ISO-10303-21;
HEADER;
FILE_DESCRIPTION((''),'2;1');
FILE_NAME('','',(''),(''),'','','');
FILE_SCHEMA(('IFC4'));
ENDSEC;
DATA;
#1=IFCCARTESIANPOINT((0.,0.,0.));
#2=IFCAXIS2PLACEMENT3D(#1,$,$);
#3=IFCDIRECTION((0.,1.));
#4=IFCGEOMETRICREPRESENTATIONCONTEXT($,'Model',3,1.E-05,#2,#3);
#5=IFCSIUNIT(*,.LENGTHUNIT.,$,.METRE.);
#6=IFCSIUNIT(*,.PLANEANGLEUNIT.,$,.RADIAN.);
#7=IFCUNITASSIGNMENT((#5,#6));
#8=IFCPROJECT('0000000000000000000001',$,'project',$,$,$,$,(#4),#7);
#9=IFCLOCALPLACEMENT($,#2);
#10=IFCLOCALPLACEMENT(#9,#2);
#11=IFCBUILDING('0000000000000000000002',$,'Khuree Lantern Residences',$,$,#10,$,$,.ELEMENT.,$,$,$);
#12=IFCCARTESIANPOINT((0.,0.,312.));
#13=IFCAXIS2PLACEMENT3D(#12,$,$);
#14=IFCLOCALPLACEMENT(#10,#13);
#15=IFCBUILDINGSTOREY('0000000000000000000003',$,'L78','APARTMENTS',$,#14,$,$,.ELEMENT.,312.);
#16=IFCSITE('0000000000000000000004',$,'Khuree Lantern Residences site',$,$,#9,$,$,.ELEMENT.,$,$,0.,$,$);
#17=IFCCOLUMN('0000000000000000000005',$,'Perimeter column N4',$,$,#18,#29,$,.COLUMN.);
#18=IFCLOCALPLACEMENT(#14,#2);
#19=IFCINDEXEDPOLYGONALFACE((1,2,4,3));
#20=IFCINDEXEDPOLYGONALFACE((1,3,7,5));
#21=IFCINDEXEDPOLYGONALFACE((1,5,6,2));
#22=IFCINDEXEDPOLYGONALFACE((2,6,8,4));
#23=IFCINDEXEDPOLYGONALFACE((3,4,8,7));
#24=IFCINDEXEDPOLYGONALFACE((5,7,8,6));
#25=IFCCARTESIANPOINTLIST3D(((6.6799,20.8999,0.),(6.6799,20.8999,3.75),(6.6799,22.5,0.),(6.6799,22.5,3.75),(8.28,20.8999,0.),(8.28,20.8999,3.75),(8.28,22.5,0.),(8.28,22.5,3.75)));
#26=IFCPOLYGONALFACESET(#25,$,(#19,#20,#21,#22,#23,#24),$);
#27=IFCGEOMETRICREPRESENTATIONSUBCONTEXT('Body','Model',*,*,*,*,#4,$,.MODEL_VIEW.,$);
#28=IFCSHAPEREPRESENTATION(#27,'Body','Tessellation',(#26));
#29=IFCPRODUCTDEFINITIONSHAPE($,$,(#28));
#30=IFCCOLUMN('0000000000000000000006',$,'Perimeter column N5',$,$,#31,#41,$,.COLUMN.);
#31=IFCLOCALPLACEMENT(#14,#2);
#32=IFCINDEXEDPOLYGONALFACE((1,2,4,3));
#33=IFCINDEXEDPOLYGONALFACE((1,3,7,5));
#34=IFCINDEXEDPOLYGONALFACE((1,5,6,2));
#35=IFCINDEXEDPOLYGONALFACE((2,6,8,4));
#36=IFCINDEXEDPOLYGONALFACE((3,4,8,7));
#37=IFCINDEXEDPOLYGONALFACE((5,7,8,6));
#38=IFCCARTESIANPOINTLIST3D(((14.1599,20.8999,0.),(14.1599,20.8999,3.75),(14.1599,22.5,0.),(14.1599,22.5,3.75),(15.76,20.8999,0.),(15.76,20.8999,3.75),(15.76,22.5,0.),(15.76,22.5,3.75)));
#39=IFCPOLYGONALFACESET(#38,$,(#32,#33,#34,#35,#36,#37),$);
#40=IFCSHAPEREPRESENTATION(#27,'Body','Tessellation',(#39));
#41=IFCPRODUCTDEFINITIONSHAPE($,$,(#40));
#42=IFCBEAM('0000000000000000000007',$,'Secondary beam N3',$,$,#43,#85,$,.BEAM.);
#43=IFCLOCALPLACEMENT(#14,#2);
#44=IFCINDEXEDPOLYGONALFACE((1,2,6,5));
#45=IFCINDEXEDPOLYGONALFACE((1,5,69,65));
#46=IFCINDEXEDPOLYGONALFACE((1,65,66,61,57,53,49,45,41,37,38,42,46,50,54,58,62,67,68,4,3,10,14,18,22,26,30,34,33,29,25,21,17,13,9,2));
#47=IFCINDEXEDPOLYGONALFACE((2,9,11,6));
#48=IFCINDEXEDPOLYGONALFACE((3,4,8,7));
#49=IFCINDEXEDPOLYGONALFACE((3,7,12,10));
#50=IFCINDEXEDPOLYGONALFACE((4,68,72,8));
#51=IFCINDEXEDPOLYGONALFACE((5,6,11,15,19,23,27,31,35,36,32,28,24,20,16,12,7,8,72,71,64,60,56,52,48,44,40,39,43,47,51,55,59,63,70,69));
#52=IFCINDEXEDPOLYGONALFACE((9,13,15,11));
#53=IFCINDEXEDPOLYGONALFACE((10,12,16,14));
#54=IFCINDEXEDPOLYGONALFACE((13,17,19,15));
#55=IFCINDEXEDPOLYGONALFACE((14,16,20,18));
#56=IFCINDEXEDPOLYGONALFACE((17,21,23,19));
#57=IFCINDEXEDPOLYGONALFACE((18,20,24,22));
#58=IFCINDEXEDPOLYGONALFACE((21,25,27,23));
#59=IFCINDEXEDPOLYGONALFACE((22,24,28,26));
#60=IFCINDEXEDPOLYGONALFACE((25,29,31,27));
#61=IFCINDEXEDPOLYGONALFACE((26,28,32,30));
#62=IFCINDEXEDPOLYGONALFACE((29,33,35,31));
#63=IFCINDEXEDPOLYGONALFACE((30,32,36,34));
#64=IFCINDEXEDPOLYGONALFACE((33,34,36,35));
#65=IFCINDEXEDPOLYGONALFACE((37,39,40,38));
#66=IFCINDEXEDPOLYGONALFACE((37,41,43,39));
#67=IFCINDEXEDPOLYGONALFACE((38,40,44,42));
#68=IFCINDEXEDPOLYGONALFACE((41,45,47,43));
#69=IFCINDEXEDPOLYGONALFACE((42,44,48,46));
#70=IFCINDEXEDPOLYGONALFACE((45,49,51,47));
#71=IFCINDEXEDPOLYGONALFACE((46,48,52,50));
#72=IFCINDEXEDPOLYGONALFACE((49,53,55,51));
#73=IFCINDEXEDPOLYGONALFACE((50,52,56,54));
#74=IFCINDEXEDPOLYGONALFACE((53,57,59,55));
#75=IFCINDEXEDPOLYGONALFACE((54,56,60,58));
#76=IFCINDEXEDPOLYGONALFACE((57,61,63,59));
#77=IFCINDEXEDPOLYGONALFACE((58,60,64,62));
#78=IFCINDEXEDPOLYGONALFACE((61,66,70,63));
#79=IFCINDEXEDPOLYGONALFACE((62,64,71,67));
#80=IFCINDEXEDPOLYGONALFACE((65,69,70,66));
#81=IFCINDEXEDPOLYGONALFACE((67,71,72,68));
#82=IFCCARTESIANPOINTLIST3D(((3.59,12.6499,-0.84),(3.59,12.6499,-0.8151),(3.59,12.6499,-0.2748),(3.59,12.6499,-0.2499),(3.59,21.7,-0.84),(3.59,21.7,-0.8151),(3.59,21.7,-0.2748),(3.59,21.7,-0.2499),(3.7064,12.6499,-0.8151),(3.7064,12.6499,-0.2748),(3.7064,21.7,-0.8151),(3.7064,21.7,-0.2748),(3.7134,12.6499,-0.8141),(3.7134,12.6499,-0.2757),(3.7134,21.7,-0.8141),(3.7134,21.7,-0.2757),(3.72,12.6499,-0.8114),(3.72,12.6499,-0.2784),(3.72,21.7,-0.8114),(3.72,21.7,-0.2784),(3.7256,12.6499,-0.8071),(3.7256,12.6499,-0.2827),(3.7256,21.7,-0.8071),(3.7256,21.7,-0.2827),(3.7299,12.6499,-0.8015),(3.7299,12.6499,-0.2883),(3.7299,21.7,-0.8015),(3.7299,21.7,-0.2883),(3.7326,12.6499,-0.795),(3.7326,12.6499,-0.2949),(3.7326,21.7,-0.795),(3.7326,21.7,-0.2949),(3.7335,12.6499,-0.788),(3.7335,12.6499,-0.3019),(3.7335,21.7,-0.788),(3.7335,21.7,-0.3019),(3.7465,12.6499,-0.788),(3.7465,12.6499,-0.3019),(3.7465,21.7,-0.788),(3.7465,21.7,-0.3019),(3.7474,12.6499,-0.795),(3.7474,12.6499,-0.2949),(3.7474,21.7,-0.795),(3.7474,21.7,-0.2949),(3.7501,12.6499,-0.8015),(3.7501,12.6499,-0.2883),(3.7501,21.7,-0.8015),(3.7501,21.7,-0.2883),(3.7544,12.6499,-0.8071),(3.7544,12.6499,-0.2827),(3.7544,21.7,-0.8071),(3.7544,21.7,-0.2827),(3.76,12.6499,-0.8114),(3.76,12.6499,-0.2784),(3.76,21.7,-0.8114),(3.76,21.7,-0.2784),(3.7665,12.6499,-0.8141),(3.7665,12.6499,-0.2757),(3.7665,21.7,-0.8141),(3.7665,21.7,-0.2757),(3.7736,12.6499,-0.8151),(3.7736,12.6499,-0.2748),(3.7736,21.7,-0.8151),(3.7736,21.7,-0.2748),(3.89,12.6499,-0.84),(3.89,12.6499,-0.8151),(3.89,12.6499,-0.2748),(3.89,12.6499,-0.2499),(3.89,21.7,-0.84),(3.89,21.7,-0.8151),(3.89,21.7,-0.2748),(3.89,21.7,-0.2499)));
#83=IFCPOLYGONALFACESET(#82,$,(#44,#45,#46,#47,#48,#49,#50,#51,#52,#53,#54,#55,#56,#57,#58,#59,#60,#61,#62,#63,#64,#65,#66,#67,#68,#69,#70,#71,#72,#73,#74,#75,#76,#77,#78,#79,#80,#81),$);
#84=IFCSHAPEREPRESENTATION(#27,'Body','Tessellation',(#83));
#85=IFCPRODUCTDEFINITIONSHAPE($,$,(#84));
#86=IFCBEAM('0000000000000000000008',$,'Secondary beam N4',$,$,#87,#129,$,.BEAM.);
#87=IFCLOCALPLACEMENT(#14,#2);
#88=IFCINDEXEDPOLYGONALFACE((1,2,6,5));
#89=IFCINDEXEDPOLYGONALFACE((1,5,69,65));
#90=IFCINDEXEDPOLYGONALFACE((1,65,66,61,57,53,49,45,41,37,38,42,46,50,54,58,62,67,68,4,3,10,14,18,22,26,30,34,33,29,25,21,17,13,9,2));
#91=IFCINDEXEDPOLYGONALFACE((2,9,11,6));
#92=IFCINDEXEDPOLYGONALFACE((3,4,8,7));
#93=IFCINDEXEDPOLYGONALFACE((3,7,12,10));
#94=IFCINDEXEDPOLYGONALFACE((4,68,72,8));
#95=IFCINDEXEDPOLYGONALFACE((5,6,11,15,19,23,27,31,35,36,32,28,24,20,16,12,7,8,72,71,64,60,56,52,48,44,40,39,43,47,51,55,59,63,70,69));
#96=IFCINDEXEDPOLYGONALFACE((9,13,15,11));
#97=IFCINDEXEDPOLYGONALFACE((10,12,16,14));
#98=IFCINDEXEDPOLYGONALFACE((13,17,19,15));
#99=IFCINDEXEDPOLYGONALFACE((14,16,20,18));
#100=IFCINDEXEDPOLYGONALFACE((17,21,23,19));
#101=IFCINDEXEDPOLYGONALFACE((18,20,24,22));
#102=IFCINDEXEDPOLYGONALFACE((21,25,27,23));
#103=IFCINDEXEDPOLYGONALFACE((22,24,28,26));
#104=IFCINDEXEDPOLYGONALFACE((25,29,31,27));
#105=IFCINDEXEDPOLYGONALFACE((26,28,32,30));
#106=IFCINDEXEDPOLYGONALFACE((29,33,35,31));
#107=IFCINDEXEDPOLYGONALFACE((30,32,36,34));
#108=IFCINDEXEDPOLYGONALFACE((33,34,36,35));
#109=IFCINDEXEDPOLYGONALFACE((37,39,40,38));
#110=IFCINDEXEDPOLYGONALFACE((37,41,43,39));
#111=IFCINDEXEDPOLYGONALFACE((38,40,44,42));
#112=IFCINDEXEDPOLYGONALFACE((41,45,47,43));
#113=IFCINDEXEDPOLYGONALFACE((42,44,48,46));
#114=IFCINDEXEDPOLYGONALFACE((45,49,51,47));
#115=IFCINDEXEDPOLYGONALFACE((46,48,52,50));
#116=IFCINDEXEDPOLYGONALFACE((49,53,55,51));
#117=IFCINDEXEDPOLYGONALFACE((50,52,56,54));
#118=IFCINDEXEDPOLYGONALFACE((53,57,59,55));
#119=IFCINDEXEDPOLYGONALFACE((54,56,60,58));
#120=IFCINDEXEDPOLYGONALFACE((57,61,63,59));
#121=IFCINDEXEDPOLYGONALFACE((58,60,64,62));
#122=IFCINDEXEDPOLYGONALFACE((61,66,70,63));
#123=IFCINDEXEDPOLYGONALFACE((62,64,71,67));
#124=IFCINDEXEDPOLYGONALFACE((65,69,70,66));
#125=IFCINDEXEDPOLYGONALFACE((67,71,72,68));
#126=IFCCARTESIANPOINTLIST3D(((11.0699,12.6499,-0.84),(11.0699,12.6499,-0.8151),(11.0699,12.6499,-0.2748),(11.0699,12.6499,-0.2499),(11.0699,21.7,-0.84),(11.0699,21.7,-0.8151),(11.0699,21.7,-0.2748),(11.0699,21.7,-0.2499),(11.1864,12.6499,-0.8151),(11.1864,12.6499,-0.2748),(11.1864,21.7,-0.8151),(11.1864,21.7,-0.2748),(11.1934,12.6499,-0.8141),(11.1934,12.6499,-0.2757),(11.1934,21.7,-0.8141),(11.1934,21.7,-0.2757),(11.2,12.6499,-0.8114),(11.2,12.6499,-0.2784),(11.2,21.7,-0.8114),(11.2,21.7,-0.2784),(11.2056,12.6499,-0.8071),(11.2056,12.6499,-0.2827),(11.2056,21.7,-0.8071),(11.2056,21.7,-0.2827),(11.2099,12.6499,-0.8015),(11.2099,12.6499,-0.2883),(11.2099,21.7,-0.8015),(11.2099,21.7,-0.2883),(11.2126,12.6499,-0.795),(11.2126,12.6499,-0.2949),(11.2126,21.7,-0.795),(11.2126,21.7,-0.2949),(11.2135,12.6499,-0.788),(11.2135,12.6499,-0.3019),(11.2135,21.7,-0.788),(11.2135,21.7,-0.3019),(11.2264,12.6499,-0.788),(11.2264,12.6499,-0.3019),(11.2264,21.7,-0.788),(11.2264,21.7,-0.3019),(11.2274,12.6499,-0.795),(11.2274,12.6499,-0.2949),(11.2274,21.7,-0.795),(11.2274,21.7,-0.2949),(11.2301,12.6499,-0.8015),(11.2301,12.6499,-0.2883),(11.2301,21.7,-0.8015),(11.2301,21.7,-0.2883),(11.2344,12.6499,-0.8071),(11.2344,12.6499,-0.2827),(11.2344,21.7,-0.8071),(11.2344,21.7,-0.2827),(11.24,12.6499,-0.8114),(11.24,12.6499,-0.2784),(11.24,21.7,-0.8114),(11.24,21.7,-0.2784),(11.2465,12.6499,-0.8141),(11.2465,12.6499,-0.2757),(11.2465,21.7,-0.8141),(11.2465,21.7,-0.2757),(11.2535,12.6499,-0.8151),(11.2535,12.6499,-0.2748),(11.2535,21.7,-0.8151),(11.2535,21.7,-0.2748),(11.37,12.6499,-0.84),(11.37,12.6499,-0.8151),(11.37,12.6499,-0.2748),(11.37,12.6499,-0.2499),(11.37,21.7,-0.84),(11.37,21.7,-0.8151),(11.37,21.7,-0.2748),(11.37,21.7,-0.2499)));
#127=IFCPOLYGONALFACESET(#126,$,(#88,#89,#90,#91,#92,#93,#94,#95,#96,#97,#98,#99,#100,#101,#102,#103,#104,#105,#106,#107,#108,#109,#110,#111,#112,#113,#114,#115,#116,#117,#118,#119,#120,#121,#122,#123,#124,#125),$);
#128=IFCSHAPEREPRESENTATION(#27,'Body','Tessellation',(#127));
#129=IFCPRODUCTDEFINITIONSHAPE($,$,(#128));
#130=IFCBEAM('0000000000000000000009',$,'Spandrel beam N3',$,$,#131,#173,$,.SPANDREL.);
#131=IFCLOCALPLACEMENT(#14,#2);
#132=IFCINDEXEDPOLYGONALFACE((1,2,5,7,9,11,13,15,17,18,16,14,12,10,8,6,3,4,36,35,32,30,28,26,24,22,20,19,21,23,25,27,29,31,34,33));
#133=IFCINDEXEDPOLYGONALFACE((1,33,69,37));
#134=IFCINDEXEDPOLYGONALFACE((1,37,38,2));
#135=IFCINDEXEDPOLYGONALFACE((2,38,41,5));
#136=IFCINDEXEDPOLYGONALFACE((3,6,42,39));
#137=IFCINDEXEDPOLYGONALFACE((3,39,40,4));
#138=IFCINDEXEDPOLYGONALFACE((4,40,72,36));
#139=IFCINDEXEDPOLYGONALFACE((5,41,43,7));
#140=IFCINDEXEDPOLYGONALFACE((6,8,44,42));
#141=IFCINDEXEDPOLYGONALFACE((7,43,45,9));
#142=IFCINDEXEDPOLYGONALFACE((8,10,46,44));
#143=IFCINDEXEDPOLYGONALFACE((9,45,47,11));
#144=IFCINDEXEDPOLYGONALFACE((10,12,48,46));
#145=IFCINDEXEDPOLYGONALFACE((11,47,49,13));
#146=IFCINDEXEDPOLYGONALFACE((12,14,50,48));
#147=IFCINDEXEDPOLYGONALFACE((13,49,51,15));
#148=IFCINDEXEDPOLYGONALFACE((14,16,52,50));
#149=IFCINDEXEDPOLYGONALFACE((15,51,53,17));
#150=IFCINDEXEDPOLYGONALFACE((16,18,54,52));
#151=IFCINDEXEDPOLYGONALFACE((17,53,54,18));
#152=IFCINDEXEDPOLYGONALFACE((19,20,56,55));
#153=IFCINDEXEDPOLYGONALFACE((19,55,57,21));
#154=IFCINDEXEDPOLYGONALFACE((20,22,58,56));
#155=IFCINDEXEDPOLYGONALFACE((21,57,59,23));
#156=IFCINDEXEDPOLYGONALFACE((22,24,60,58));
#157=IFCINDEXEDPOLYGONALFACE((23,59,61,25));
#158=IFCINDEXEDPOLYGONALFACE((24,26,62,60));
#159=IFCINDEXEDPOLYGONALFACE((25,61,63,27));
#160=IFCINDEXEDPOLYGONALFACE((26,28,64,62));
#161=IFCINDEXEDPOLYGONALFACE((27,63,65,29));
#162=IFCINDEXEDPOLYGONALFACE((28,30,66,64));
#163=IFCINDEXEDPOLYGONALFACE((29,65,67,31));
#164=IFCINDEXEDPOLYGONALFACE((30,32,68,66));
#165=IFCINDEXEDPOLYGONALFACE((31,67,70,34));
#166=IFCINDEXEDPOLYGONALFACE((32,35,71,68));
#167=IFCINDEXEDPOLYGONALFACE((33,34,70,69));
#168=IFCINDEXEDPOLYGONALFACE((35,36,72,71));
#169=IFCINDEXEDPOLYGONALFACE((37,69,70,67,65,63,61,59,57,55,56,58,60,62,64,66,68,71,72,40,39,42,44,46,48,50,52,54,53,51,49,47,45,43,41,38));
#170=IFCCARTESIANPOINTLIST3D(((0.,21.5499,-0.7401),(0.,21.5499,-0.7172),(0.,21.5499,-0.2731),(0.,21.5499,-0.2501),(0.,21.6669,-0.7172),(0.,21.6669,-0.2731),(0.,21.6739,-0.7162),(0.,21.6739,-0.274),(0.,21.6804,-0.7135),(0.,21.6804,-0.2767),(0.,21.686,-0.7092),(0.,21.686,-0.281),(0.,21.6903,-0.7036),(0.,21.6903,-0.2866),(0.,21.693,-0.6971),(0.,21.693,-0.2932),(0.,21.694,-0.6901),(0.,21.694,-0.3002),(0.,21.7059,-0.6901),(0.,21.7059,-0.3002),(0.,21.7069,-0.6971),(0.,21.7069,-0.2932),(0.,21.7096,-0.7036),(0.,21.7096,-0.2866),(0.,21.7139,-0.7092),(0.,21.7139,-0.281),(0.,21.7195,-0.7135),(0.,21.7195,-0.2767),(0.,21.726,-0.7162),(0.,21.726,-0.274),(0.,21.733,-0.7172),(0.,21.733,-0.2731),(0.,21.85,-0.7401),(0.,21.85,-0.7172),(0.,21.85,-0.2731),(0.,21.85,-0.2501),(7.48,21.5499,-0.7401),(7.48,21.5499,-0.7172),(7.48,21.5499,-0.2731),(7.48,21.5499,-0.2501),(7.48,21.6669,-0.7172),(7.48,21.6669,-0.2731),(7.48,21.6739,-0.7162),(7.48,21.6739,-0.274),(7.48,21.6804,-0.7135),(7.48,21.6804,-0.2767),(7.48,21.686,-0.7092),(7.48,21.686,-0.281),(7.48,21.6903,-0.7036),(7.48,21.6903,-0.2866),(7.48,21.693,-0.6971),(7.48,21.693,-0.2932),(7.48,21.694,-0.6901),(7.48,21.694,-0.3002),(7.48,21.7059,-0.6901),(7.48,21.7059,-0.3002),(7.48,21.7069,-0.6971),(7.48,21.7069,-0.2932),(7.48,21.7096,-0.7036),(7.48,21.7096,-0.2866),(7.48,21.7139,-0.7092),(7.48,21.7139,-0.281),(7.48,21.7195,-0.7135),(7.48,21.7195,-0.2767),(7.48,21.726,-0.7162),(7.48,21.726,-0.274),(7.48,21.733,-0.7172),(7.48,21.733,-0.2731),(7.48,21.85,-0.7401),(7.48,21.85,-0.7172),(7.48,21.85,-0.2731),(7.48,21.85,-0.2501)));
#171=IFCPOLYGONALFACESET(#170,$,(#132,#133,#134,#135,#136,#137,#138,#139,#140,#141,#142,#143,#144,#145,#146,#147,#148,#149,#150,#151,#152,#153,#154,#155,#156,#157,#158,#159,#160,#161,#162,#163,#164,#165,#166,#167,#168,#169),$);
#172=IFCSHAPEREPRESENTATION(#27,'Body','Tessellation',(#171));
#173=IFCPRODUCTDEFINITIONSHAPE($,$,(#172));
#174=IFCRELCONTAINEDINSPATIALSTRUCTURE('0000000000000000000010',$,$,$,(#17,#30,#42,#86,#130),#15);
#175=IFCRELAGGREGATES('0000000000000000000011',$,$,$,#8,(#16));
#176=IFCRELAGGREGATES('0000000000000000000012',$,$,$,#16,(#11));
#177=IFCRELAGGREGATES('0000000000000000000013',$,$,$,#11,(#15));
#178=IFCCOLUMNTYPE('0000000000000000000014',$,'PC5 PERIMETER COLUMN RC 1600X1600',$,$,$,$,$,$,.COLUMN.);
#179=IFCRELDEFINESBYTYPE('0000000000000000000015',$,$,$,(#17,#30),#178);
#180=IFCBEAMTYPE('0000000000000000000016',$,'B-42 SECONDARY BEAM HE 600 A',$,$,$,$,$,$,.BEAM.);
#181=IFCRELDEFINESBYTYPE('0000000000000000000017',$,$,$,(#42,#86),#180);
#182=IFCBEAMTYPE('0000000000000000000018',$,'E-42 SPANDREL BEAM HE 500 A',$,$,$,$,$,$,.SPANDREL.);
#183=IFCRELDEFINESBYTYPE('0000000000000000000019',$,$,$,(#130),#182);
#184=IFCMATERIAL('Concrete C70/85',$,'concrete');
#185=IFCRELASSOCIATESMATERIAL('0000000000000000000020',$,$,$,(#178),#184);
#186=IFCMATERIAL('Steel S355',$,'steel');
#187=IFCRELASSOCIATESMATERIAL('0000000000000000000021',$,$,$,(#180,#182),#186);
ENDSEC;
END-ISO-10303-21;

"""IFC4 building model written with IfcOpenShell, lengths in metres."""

from ifc_helpers import new_model, si_unit, direction, frame, origin, origin_2d, place, context, subcontext, project, spatial, rectangle, i_section, extrude, material, material_profile, profile_set, type_object, element, save


model = new_model("IFC4")

# Units and contexts
model_context = context("Model", 3, precision=1e-05, world=origin(), true_north=direction((0.0, 1.0)))
body_context = subcontext(model_context, "Body", "Model", "MODEL_VIEW")
ifc_project = project(units=[si_unit("LENGTHUNIT", "METRE"), si_unit("PLANEANGLEUNIT", "RADIAN")], contexts=[model_context])

# Site, building, storey
site_placement = place(None, origin())
site = spatial("IfcSite", under=ifc_project, at=site_placement, Name="Khuree Lantern Residences site", CompositionType="ELEMENT", RefElevation=0.0)
building_placement = place(site_placement, origin())
building = spatial("IfcBuilding", under=site, at=building_placement, Name="Khuree Lantern Residences", CompositionType="ELEMENT")
storey_placement = place(building_placement, frame((0.0, 0.0, 312.0)))
storey = spatial("IfcBuildingStorey", under=building, at=storey_placement, Name="L78", Description="APARTMENTS", CompositionType="ELEMENT", Elevation=312.0)

# Columns
ifc_material_1 = material(Name="Concrete C70/85", Category="concrete")
ifc_material_profile_1 = material_profile(ifc_material_1, rectangle(XDim=1.6001, YDim=1.6001, at=origin_2d()), Name="RC 1600X1600")
ifc_profile_set_1 = profile_set([ifc_material_profile_1], Name="Concrete C70/85")
column_type = type_object("IfcColumnType", Name="PC5 PERIMETER COLUMN RC 1600X1600", PredefinedType="COLUMN", material=ifc_profile_set_1)
for number, where, z_axis, x_axis, name in (
    (1, (7.48, 21.7, 0.0), (0.0, 0.0, 1.0), (1.0, 0.0, 0.0), "Perimeter column N4"),
    (2, (14.96, 21.7, 0.0), (0.0, 0.0, 1.0), (1.0, 0.0, 0.0), "Perimeter column N5"),
):
    element("IfcColumn", number, at=place(storey_placement, frame(where, z_axis=z_axis, x_axis=x_axis)), inside=storey, type_object=column_type, Name=name, PredefinedType="COLUMN", context=body_context, shape_type="SweptSolid", body=[
        extrude(rectangle(XDim=1.6001, YDim=1.6001, at=origin_2d()), origin(), (0.0, 0.0, 1.0), 3.75),
    ])

# Beams
ifc_material_2 = material(Name="Steel S355", Category="steel")
ifc_material_profile_2 = material_profile(ifc_material_2, i_section(OverallWidth=0.3, OverallDepth=0.5901, WebThickness=0.0129, FlangeThickness=0.0249, FilletRadius=0.0271, at=origin_2d()), Name="HE 600 A")
ifc_profile_set_2 = profile_set([ifc_material_profile_2], Name="Steel S355")
beam_type_1 = type_object("IfcBeamType", Name="B-42 SECONDARY BEAM HE 600 A", PredefinedType="BEAM", material=ifc_profile_set_2)
for number, where, z_axis, x_axis, name in (
    (3, (3.74, 21.7, -0.5449), (0.0, -1.0, 0.0), (1.0, 0.0, 0.0), "Secondary beam N3"),
    (4, (11.22, 21.7, -0.5449), (0.0, -1.0, 0.0), (1.0, 0.0, 0.0), "Secondary beam N4"),
):
    element("IfcBeam", number, at=place(storey_placement, frame(where, z_axis=z_axis, x_axis=x_axis)), inside=storey, type_object=beam_type_1, Name=name, PredefinedType="BEAM", context=body_context, shape_type="SweptSolid", body=[
        extrude(i_section(OverallWidth=0.3, OverallDepth=0.5901, WebThickness=0.0129, FlangeThickness=0.0249, FilletRadius=0.0271, at=origin_2d()), origin(), (0.0, 0.0, 1.0), 9.05),
    ])
ifc_material_profile_3 = material_profile(ifc_material_2, i_section(OverallWidth=0.3, OverallDepth=0.49, WebThickness=0.012, FlangeThickness=0.0229, FilletRadius=0.0271, at=origin_2d()), Name="HE 500 A")
ifc_profile_set_3 = profile_set([ifc_material_profile_3], Name="Steel S355")
beam_type_2 = type_object("IfcBeamType", Name="E-42 SPANDREL BEAM HE 500 A", PredefinedType="SPANDREL", material=ifc_profile_set_3)
for number, where, z_axis, x_axis, name in (
    (5, (0.0, 21.7, -0.4951), (1.0, 0.0, 0.0), (0.0, 1.0, 0.0), "Spandrel beam N3"),
):
    element("IfcBeam", number, at=place(storey_placement, frame(where, z_axis=z_axis, x_axis=x_axis)), inside=storey, type_object=beam_type_2, Name=name, PredefinedType="SPANDREL", context=body_context, shape_type="SweptSolid", body=[
        extrude(i_section(OverallWidth=0.3, OverallDepth=0.49, WebThickness=0.012, FlangeThickness=0.0229, FilletRadius=0.0271, at=origin_2d()), origin(), (0.0, 0.0, 1.0), 7.48),
    ])

save(model, "model.ifc")
